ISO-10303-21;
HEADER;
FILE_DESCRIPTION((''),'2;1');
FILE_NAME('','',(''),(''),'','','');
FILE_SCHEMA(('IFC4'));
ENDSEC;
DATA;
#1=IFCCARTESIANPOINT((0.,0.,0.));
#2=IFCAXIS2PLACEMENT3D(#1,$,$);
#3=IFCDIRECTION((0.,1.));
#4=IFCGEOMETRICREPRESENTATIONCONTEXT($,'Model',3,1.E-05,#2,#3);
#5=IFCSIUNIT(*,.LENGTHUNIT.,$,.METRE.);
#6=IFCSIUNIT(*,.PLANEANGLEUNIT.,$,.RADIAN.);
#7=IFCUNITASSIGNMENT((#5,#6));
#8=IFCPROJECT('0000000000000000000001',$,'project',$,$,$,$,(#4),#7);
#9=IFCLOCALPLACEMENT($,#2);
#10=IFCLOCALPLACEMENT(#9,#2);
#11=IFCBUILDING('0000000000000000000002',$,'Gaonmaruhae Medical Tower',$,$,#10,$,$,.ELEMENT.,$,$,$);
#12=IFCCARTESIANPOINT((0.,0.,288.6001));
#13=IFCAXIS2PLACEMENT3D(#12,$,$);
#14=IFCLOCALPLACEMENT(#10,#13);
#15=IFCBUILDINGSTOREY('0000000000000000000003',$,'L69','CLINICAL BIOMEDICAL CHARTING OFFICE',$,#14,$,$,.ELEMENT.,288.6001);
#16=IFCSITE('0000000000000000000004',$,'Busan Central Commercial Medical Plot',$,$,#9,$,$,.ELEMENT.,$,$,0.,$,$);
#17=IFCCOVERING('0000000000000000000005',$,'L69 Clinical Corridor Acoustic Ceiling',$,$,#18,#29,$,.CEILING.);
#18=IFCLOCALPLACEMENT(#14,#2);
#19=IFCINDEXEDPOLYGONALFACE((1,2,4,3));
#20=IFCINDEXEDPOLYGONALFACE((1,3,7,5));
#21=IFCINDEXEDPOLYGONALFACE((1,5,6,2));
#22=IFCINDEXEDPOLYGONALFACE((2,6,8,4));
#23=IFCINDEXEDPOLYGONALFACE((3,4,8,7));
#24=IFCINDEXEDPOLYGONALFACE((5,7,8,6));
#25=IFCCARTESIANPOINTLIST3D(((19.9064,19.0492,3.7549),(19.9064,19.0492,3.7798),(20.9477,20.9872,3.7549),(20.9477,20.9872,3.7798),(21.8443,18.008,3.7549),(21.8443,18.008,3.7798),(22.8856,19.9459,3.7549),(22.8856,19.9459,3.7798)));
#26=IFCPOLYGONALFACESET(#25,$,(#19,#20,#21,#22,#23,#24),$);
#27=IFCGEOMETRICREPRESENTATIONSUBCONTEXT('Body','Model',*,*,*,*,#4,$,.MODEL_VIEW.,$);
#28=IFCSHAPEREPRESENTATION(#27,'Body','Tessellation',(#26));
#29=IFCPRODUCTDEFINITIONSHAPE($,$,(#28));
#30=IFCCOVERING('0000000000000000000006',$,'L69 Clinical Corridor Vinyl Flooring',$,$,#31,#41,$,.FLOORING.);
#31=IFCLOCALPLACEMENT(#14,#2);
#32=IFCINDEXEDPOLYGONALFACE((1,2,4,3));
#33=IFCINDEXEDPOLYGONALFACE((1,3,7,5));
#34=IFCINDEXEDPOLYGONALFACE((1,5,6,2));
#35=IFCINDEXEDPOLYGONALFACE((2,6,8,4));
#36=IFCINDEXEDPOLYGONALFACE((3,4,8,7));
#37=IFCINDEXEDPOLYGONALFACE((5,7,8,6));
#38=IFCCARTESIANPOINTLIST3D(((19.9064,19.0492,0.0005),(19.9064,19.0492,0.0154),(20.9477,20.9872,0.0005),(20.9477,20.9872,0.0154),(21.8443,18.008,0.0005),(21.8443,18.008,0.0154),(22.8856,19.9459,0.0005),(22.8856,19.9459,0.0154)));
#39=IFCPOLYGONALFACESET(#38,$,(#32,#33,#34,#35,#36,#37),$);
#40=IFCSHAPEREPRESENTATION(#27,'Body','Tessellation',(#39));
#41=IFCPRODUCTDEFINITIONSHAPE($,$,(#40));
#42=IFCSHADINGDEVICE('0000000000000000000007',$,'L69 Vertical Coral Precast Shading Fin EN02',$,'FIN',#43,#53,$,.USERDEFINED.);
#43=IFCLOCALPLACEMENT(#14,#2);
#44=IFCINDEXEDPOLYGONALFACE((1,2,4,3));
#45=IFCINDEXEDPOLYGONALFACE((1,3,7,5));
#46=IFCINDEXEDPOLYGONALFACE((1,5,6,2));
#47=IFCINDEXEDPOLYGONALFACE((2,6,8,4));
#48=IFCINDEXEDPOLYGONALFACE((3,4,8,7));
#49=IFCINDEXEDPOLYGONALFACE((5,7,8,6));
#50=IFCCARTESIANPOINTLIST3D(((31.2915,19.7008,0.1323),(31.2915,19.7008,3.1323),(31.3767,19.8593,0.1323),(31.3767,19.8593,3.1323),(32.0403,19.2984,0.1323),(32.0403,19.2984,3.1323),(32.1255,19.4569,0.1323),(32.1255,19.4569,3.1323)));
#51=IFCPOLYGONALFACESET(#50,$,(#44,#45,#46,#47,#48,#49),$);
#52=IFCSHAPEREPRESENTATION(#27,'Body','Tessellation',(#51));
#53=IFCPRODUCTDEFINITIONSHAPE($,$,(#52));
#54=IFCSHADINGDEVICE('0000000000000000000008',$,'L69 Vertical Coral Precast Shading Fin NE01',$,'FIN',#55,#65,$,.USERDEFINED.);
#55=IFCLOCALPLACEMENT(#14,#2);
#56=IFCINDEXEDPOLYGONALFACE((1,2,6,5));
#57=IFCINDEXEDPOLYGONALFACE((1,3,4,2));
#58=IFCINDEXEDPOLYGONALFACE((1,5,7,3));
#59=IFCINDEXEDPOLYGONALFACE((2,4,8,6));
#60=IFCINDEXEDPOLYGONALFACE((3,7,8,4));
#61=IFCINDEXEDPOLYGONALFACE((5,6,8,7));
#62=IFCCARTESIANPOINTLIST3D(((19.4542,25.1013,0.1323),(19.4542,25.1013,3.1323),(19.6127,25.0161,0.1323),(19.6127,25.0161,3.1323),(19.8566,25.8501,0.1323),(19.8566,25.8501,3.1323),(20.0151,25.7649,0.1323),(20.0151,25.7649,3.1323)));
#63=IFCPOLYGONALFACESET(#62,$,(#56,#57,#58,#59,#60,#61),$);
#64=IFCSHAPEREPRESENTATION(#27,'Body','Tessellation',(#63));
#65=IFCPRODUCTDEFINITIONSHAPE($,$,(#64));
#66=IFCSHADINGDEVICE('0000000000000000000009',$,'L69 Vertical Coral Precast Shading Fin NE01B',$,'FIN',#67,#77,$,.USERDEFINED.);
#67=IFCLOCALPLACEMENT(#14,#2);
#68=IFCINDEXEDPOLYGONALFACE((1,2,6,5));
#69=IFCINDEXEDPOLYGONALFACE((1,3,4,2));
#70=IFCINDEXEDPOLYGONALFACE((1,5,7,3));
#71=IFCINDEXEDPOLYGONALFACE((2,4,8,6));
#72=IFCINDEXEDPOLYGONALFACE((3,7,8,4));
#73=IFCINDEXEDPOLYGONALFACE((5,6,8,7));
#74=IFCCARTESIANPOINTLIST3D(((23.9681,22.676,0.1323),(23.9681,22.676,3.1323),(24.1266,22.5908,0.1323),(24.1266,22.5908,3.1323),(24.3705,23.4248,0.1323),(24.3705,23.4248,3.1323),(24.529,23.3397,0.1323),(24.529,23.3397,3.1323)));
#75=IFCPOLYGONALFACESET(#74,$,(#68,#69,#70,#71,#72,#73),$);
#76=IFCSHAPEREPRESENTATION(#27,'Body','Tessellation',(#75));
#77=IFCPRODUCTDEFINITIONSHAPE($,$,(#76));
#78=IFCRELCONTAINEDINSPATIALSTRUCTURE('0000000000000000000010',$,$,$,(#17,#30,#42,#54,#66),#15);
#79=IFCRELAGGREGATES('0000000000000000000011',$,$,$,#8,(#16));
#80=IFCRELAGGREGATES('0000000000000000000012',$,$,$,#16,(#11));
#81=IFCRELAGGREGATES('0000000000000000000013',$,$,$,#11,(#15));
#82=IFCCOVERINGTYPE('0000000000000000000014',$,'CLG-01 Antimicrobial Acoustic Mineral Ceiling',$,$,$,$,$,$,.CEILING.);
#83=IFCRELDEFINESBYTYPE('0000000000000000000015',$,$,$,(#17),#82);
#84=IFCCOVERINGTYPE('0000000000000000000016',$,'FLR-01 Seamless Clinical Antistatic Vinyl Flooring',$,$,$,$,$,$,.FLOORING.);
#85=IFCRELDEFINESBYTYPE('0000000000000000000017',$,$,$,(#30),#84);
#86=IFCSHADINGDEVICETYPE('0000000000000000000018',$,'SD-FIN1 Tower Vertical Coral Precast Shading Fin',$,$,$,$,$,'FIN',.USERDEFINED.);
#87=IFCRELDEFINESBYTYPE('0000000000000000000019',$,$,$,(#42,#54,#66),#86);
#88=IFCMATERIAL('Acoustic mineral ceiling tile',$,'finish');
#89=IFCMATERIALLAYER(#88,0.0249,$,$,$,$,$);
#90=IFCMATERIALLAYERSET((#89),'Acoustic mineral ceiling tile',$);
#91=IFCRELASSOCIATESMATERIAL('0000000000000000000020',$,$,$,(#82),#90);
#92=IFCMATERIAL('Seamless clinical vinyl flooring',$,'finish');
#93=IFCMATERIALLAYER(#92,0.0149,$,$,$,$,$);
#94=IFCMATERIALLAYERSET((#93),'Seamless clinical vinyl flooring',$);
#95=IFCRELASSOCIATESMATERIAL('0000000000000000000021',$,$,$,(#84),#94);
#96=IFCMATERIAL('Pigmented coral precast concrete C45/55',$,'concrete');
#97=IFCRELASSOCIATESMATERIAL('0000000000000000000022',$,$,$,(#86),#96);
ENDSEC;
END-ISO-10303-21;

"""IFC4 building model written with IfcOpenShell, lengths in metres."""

from ifc_helpers import new_model, si_unit, direction, frame, origin, origin_2d, place, context, subcontext, project, spatial, rectangle, extrude, material, layer, layer_set, type_object, element, save


model = new_model("IFC4")

# Units and contexts
model_context = context("Model", 3, precision=1e-05, world=origin(), true_north=direction((0.0, 1.0)))
body_context = subcontext(model_context, "Body", "Model", "MODEL_VIEW")
ifc_project = project(units=[si_unit("LENGTHUNIT", "METRE"), si_unit("PLANEANGLEUNIT", "RADIAN")], contexts=[model_context])

# Site, building, storey
site_placement = place(None, origin())
site = spatial("IfcSite", under=ifc_project, at=site_placement, Name="Busan Central Commercial Medical Plot", CompositionType="ELEMENT", RefElevation=0.0)
building_placement = place(site_placement, origin())
building = spatial("IfcBuilding", under=site, at=building_placement, Name="Gaonmaruhae Medical Tower", CompositionType="ELEMENT")
storey_placement = place(building_placement, frame((0.0, 0.0, 288.6001)))
storey = spatial("IfcBuildingStorey", under=building, at=storey_placement, Name="L69", Description="CLINICAL BIOMEDICAL CHARTING OFFICE", CompositionType="ELEMENT", Elevation=288.6001)

# Coverings
ifc_material_1 = material(Name="Acoustic mineral ceiling tile", Category="finish")
ifc_layer_1 = layer(ifc_material_1, 0.0249)
ifc_layer_set_1 = layer_set([ifc_layer_1], Name="Acoustic mineral ceiling tile")
covering_type_1 = type_object("IfcCoveringType", Name="CLG-01 Antimicrobial Acoustic Mineral Ceiling", PredefinedType="CEILING", material=ifc_layer_set_1)
covering_1_placement = place(storey_placement, frame((21.396, 19.4976, 3.7549), z_axis=(0.0, 0.0, 1.0), x_axis=(0.47332, 0.880891, 0.0)))
element("IfcCovering", 1, at=covering_1_placement, inside=storey, type_object=covering_type_1, Name="L69 Clinical Corridor Acoustic Ceiling", PredefinedType="CEILING", context=body_context, shape_type="SweptSolid", body=[
    extrude(rectangle(XDim=2.2, YDim=2.2, at=origin_2d()), origin(), (0.0, 0.0, 1.0), 0.0249),
])
ifc_material_2 = material(Name="Seamless clinical vinyl flooring", Category="finish")
ifc_layer_2 = layer(ifc_material_2, 0.0149)
ifc_layer_set_2 = layer_set([ifc_layer_2], Name="Seamless clinical vinyl flooring")
covering_type_2 = type_object("IfcCoveringType", Name="FLR-01 Seamless Clinical Antistatic Vinyl Flooring", PredefinedType="FLOORING", material=ifc_layer_set_2)
covering_2_placement = place(storey_placement, frame((21.396, 19.4976, 0.0005), z_axis=(0.0, 0.0, 1.0), x_axis=(0.47332, 0.880891, 0.0)))
element("IfcCovering", 2, at=covering_2_placement, inside=storey, type_object=covering_type_2, Name="L69 Clinical Corridor Vinyl Flooring", PredefinedType="FLOORING", context=body_context, shape_type="SweptSolid", body=[
    extrude(rectangle(XDim=2.2, YDim=2.2, at=origin_2d()), origin(), (0.0, 0.0, 1.0), 0.0149),
])

# Shading devices
ifc_material_3 = material(Name="Pigmented coral precast concrete C45/55", Category="concrete")
shading_device_type = type_object("IfcShadingDeviceType", Name="SD-FIN1 Tower Vertical Coral Precast Shading Fin", ElementType="FIN", PredefinedType="USERDEFINED", material=ifc_material_3)
for number, where, z_axis, x_axis, name in (
    (3, (31.7085, 19.5789, 0.1323), (0.0, 0.0, 1.0), (0.47332, 0.880891, 0.0), "L69 Vertical Coral Precast Shading Fin EN02"),
    (4, (19.7346, 25.4331, 0.1323), (0.0, 0.0, 1.0), (0.880891, -0.47332, 0.0), "L69 Vertical Coral Precast Shading Fin NE01"),
    (5, (24.2485, 23.0078, 0.1323), (0.0, 0.0, 1.0), (0.880891, -0.47332, 0.0), "L69 Vertical Coral Precast Shading Fin NE01B"),
):
    element("IfcShadingDevice", number, at=place(storey_placement, frame(where, z_axis=z_axis, x_axis=x_axis)), inside=storey, type_object=shading_device_type, Name=name, ObjectType="FIN", PredefinedType="USERDEFINED", context=body_context, shape_type="SweptSolid", body=[
        extrude(rectangle(XDim=0.1799, YDim=0.8501, at=origin_2d()), origin(), (0.0, 0.0, 1.0), 3.0),
    ])

save(model, "model.ifc")
